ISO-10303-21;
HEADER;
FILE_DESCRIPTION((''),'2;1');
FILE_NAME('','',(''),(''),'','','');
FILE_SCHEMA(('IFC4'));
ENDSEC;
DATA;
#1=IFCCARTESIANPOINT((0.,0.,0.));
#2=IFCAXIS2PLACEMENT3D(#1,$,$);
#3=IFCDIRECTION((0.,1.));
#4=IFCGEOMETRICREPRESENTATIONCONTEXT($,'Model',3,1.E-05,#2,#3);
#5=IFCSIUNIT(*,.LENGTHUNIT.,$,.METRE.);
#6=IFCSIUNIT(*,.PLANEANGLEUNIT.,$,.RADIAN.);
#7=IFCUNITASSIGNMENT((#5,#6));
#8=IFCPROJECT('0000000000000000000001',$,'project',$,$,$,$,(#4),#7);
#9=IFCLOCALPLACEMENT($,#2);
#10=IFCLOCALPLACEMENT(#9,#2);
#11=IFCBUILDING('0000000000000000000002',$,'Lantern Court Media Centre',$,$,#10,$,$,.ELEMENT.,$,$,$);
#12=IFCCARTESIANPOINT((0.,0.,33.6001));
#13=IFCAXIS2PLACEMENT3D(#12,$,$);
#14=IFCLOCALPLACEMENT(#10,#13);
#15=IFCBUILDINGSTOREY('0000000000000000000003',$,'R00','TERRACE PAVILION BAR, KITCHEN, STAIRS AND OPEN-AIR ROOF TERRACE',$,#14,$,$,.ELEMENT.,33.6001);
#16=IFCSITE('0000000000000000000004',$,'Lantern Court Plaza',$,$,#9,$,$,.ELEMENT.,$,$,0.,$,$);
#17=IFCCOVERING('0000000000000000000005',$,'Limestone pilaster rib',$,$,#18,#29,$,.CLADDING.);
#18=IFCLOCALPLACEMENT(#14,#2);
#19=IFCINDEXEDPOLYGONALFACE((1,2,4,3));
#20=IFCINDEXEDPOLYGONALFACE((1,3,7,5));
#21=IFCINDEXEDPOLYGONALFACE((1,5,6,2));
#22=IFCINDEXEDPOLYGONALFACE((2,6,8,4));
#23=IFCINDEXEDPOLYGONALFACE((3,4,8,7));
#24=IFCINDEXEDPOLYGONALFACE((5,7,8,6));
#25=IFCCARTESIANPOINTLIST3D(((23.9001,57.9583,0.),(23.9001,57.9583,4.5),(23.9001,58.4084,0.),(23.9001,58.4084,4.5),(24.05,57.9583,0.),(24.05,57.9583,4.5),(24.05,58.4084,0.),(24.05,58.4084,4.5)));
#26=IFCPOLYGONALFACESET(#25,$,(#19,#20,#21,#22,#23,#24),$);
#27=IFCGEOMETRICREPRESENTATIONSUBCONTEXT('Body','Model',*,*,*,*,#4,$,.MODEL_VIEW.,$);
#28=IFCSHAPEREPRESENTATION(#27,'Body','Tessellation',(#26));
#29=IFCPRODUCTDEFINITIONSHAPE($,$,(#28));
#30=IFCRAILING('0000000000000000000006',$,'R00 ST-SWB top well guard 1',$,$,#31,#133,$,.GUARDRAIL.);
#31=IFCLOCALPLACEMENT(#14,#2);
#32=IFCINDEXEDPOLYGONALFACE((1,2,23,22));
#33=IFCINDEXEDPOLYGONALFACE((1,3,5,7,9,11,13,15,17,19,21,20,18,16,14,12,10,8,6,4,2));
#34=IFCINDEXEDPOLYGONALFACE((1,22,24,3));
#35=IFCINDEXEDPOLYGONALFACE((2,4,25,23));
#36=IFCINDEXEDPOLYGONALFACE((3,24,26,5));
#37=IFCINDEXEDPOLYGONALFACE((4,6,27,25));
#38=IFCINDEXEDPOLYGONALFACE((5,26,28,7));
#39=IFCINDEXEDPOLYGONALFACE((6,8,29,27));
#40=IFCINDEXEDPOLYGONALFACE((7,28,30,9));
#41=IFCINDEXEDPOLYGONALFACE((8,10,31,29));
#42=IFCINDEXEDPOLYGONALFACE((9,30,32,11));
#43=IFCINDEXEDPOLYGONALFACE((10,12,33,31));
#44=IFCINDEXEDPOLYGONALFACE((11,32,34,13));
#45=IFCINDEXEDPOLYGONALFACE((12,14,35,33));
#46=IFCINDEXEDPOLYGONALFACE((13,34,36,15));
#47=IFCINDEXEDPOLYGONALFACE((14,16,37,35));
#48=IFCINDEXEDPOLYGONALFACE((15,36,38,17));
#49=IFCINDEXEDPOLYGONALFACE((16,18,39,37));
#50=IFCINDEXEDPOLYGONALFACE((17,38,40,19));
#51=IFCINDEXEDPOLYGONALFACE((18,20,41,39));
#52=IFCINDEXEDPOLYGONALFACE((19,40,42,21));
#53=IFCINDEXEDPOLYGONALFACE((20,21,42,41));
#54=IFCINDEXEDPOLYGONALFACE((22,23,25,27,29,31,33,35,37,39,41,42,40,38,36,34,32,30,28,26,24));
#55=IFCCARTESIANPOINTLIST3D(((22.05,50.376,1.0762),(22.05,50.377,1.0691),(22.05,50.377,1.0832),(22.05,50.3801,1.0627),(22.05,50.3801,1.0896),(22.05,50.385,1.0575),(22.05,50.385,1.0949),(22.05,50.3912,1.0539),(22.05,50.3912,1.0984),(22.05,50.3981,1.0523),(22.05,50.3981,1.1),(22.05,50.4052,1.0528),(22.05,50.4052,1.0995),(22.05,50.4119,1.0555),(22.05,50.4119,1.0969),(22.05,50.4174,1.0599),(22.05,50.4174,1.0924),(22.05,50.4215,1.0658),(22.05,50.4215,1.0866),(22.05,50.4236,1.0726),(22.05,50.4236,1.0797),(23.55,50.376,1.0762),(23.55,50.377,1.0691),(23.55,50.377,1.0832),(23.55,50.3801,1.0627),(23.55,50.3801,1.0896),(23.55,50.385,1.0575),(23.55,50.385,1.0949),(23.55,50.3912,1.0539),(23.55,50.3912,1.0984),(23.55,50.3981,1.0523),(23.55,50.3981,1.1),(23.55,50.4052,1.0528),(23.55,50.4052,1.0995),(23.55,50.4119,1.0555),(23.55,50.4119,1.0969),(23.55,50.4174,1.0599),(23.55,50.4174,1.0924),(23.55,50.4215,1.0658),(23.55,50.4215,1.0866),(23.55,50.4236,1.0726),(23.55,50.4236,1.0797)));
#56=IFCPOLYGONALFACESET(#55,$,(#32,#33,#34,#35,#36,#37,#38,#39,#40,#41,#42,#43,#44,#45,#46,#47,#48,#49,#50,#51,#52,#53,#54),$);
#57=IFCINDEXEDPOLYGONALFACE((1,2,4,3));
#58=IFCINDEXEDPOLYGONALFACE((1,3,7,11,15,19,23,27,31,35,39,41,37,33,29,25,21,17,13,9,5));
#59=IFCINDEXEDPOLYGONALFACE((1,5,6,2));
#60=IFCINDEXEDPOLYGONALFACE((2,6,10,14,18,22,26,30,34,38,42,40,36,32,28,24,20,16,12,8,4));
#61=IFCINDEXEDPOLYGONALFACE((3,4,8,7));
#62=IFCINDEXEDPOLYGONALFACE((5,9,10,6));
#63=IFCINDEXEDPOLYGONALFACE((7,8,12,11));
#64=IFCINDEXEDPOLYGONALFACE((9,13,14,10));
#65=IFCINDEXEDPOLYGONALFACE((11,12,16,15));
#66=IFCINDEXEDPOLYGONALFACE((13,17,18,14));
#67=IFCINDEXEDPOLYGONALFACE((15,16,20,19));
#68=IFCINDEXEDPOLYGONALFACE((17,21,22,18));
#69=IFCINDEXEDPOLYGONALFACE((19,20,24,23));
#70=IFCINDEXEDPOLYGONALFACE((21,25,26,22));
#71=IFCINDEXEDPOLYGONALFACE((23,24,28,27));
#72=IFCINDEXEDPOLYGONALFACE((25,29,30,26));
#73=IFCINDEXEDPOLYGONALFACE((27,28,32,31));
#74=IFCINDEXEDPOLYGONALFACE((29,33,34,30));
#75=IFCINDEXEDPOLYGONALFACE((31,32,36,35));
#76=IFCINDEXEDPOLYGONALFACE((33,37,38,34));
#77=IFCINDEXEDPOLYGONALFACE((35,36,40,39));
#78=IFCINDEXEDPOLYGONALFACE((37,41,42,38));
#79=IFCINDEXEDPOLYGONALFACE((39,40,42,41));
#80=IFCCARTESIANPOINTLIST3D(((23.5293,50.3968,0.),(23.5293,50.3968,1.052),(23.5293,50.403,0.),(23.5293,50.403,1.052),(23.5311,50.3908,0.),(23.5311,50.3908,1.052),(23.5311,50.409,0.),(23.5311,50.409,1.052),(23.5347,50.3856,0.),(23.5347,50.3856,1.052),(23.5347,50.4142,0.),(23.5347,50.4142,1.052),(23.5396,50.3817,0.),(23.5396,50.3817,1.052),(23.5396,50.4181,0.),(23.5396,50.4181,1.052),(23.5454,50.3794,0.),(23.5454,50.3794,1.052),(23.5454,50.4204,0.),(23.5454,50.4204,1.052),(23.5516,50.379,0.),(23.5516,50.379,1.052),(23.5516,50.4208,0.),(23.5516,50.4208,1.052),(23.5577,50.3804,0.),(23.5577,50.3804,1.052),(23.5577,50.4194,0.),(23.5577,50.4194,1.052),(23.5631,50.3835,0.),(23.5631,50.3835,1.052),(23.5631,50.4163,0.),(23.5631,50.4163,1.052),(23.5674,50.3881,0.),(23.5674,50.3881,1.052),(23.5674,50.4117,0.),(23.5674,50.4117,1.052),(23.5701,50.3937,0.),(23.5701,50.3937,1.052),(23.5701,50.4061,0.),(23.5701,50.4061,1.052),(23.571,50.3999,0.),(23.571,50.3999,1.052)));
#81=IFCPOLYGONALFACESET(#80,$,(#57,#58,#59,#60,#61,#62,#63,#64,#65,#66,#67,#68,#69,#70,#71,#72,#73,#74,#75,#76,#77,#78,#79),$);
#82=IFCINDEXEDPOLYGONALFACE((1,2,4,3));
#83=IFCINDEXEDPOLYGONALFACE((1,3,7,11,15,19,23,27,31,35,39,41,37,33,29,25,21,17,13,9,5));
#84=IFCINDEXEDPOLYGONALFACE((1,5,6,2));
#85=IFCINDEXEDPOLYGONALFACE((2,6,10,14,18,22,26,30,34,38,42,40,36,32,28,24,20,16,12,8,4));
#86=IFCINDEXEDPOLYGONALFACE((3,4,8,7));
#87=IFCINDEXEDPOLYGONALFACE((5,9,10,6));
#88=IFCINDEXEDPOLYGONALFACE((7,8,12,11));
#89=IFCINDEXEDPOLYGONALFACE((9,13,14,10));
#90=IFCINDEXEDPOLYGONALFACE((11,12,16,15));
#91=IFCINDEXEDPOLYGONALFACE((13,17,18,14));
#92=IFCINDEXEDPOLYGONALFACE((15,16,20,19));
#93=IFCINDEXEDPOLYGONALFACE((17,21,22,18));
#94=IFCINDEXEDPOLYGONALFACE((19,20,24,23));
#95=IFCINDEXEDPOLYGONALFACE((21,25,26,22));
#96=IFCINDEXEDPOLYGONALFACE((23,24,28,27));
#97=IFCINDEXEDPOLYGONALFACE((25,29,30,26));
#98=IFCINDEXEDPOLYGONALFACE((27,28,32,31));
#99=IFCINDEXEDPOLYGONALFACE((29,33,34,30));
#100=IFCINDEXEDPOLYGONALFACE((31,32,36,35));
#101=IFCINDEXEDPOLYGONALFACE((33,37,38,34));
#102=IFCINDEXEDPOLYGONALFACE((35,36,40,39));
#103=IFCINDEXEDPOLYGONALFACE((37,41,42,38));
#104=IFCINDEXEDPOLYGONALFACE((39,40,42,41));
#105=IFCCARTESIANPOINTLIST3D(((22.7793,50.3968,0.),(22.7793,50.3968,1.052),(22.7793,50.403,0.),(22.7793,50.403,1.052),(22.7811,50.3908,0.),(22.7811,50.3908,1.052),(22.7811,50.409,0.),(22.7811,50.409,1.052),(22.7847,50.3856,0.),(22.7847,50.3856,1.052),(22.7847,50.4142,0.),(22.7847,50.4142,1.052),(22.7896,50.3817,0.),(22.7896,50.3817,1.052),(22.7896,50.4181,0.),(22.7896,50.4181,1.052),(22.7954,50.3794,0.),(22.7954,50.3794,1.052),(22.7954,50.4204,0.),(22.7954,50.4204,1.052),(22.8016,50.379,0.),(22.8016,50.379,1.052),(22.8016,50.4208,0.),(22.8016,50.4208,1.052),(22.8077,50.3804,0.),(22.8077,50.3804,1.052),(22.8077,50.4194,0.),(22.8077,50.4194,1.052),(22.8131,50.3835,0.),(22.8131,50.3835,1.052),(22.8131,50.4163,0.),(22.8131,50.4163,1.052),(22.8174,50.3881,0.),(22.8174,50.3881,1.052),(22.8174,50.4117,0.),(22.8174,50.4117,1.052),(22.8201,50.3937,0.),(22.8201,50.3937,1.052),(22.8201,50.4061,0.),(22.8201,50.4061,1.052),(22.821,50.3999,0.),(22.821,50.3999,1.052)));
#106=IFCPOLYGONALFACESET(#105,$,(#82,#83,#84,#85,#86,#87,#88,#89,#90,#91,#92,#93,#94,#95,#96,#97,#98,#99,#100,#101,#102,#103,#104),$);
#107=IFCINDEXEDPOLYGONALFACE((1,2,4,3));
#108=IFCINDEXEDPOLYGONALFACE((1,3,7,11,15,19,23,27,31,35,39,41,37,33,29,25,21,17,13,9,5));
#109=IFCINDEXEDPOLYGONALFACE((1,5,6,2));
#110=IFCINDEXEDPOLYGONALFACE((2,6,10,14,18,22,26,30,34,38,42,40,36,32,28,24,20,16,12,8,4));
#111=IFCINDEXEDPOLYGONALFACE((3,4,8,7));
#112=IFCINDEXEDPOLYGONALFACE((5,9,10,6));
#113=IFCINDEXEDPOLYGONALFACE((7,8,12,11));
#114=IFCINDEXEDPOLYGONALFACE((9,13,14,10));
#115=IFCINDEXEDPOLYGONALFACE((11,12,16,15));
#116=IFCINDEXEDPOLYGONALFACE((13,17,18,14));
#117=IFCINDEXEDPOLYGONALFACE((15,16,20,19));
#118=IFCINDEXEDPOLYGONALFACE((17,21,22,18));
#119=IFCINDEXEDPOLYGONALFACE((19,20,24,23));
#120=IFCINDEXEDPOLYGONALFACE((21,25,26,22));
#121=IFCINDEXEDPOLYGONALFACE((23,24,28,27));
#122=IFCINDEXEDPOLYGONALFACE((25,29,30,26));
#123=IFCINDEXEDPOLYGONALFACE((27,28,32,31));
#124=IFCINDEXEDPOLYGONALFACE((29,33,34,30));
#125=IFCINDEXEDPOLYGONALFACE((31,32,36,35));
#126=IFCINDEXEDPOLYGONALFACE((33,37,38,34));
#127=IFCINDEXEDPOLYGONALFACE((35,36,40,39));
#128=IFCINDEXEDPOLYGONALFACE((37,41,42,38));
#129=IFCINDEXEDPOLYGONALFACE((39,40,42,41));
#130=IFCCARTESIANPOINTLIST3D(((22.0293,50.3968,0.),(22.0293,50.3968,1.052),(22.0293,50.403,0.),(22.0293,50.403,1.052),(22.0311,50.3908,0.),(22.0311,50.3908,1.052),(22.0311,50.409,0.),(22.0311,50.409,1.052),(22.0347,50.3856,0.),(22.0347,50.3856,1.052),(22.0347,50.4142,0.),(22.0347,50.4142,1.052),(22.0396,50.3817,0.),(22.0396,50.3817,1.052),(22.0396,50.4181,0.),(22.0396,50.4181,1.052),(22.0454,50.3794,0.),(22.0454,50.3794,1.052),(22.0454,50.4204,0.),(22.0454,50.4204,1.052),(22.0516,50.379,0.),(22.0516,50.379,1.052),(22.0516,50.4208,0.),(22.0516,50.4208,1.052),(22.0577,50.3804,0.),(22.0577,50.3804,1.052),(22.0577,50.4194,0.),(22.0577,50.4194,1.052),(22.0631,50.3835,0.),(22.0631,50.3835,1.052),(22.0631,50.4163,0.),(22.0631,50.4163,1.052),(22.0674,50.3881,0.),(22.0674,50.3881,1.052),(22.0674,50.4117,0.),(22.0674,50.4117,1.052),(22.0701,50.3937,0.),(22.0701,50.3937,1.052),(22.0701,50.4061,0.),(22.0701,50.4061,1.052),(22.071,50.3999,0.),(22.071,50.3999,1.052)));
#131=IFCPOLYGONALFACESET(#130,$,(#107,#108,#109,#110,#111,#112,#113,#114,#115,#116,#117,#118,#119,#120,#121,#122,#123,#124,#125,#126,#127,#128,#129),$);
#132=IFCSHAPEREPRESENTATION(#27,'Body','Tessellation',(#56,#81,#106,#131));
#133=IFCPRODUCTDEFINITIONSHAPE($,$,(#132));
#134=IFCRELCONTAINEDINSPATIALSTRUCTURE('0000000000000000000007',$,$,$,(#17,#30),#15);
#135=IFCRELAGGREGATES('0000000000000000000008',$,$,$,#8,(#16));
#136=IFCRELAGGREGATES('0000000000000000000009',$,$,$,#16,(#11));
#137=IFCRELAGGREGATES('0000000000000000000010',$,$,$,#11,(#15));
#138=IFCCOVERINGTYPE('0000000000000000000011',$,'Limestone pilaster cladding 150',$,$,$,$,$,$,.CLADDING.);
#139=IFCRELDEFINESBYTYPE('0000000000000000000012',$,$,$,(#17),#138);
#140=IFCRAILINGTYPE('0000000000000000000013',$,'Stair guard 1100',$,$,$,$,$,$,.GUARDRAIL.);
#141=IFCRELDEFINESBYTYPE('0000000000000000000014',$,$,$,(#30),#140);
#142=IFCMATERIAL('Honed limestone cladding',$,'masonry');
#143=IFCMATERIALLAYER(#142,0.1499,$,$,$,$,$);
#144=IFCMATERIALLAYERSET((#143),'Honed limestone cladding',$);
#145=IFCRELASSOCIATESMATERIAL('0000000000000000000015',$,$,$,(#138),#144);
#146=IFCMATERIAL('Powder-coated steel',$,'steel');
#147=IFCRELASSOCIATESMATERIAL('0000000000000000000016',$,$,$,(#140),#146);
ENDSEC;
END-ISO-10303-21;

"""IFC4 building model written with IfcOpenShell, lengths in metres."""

from ifc_helpers import new_model, si_unit, direction, frame, frame_2d, origin, origin_2d, place, context, subcontext, project, spatial, rectangle, circle, extrude, material, layer, layer_set, type_object, element, save


model = new_model("IFC4")

# Units and contexts
model_context = context("Model", 3, precision=1e-05, world=origin(), true_north=direction((0.0, 1.0)))
body_context = subcontext(model_context, "Body", "Model", "MODEL_VIEW")
ifc_project = project(units=[si_unit("LENGTHUNIT", "METRE"), si_unit("PLANEANGLEUNIT", "RADIAN")], contexts=[model_context])

# Site, building, storey
site_placement = place(None, origin())
site = spatial("IfcSite", under=ifc_project, at=site_placement, Name="Lantern Court Plaza", CompositionType="ELEMENT", RefElevation=0.0)
building_placement = place(site_placement, origin())
building = spatial("IfcBuilding", under=site, at=building_placement, Name="Lantern Court Media Centre", CompositionType="ELEMENT")
storey_placement = place(building_placement, frame((0.0, 0.0, 33.6001)))
storey = spatial("IfcBuildingStorey", under=building, at=storey_placement, Name="R00", Description="TERRACE PAVILION BAR, KITCHEN, STAIRS AND OPEN-AIR ROOF TERRACE", CompositionType="ELEMENT", Elevation=33.6001)

# Shared definitions
ifc_material_1 = material(Name="Powder-coated steel", Category="steel")

# Covering
ifc_material_2 = material(Name="Honed limestone cladding", Category="masonry")
ifc_layer_1 = layer(ifc_material_2, 0.1499)
ifc_layer_set_1 = layer_set([ifc_layer_1], Name="Honed limestone cladding")
covering_type_1 = type_object("IfcCoveringType", Name="Limestone pilaster cladding 150", PredefinedType="CLADDING", material=ifc_layer_set_1)
covering_1_placement = place(storey_placement, frame((23.9751, 57.9583, 0.0), z_axis=(0.0, 0.0, 1.0), x_axis=(0.0, 1.0, 0.0)))
element("IfcCovering", 1, at=covering_1_placement, inside=storey, type_object=covering_type_1, Name="Limestone pilaster rib", PredefinedType="CLADDING", context=body_context, shape_type="SweptSolid", body=[
    extrude(rectangle(XDim=0.4502, YDim=0.1499, at=frame_2d((0.2251, 0.0))), origin(), (0.0, 0.0, 1.0), 4.5),
])

# Railing
railing_type_1 = type_object("IfcRailingType", Name="Stair guard 1100", PredefinedType="GUARDRAIL", material=ifc_material_1)
railing_1_placement = place(storey_placement, frame((23.55, 50.3999, 0.0)))
element("IfcRailing", 2, at=railing_1_placement, inside=storey, type_object=railing_type_1, Name="R00 ST-SWB top well guard 1", PredefinedType="GUARDRAIL", context=body_context, shape_type="SweptSolid", body=[
    extrude(circle(Radius=0.0239, at=origin_2d()), frame((0.0, 0.0, 1.0762), z_axis=(-1.0, 0.0, 0.0), x_axis=(0.0, -1.0, 0.0)), (0.0, 0.0, 1.0), 1.5),
    extrude(circle(Radius=0.021, at=origin_2d()), origin(), (0.0, 0.0, 1.0), 1.052),
    extrude(circle(Radius=0.021, at=origin_2d()), frame((-0.75, 0.0, 0.0)), (0.0, 0.0, 1.0), 1.052),
    extrude(circle(Radius=0.021, at=origin_2d()), frame((-1.5, 0.0, 0.0)), (0.0, 0.0, 1.0), 1.052),
])

save(model, "model.ifc")
